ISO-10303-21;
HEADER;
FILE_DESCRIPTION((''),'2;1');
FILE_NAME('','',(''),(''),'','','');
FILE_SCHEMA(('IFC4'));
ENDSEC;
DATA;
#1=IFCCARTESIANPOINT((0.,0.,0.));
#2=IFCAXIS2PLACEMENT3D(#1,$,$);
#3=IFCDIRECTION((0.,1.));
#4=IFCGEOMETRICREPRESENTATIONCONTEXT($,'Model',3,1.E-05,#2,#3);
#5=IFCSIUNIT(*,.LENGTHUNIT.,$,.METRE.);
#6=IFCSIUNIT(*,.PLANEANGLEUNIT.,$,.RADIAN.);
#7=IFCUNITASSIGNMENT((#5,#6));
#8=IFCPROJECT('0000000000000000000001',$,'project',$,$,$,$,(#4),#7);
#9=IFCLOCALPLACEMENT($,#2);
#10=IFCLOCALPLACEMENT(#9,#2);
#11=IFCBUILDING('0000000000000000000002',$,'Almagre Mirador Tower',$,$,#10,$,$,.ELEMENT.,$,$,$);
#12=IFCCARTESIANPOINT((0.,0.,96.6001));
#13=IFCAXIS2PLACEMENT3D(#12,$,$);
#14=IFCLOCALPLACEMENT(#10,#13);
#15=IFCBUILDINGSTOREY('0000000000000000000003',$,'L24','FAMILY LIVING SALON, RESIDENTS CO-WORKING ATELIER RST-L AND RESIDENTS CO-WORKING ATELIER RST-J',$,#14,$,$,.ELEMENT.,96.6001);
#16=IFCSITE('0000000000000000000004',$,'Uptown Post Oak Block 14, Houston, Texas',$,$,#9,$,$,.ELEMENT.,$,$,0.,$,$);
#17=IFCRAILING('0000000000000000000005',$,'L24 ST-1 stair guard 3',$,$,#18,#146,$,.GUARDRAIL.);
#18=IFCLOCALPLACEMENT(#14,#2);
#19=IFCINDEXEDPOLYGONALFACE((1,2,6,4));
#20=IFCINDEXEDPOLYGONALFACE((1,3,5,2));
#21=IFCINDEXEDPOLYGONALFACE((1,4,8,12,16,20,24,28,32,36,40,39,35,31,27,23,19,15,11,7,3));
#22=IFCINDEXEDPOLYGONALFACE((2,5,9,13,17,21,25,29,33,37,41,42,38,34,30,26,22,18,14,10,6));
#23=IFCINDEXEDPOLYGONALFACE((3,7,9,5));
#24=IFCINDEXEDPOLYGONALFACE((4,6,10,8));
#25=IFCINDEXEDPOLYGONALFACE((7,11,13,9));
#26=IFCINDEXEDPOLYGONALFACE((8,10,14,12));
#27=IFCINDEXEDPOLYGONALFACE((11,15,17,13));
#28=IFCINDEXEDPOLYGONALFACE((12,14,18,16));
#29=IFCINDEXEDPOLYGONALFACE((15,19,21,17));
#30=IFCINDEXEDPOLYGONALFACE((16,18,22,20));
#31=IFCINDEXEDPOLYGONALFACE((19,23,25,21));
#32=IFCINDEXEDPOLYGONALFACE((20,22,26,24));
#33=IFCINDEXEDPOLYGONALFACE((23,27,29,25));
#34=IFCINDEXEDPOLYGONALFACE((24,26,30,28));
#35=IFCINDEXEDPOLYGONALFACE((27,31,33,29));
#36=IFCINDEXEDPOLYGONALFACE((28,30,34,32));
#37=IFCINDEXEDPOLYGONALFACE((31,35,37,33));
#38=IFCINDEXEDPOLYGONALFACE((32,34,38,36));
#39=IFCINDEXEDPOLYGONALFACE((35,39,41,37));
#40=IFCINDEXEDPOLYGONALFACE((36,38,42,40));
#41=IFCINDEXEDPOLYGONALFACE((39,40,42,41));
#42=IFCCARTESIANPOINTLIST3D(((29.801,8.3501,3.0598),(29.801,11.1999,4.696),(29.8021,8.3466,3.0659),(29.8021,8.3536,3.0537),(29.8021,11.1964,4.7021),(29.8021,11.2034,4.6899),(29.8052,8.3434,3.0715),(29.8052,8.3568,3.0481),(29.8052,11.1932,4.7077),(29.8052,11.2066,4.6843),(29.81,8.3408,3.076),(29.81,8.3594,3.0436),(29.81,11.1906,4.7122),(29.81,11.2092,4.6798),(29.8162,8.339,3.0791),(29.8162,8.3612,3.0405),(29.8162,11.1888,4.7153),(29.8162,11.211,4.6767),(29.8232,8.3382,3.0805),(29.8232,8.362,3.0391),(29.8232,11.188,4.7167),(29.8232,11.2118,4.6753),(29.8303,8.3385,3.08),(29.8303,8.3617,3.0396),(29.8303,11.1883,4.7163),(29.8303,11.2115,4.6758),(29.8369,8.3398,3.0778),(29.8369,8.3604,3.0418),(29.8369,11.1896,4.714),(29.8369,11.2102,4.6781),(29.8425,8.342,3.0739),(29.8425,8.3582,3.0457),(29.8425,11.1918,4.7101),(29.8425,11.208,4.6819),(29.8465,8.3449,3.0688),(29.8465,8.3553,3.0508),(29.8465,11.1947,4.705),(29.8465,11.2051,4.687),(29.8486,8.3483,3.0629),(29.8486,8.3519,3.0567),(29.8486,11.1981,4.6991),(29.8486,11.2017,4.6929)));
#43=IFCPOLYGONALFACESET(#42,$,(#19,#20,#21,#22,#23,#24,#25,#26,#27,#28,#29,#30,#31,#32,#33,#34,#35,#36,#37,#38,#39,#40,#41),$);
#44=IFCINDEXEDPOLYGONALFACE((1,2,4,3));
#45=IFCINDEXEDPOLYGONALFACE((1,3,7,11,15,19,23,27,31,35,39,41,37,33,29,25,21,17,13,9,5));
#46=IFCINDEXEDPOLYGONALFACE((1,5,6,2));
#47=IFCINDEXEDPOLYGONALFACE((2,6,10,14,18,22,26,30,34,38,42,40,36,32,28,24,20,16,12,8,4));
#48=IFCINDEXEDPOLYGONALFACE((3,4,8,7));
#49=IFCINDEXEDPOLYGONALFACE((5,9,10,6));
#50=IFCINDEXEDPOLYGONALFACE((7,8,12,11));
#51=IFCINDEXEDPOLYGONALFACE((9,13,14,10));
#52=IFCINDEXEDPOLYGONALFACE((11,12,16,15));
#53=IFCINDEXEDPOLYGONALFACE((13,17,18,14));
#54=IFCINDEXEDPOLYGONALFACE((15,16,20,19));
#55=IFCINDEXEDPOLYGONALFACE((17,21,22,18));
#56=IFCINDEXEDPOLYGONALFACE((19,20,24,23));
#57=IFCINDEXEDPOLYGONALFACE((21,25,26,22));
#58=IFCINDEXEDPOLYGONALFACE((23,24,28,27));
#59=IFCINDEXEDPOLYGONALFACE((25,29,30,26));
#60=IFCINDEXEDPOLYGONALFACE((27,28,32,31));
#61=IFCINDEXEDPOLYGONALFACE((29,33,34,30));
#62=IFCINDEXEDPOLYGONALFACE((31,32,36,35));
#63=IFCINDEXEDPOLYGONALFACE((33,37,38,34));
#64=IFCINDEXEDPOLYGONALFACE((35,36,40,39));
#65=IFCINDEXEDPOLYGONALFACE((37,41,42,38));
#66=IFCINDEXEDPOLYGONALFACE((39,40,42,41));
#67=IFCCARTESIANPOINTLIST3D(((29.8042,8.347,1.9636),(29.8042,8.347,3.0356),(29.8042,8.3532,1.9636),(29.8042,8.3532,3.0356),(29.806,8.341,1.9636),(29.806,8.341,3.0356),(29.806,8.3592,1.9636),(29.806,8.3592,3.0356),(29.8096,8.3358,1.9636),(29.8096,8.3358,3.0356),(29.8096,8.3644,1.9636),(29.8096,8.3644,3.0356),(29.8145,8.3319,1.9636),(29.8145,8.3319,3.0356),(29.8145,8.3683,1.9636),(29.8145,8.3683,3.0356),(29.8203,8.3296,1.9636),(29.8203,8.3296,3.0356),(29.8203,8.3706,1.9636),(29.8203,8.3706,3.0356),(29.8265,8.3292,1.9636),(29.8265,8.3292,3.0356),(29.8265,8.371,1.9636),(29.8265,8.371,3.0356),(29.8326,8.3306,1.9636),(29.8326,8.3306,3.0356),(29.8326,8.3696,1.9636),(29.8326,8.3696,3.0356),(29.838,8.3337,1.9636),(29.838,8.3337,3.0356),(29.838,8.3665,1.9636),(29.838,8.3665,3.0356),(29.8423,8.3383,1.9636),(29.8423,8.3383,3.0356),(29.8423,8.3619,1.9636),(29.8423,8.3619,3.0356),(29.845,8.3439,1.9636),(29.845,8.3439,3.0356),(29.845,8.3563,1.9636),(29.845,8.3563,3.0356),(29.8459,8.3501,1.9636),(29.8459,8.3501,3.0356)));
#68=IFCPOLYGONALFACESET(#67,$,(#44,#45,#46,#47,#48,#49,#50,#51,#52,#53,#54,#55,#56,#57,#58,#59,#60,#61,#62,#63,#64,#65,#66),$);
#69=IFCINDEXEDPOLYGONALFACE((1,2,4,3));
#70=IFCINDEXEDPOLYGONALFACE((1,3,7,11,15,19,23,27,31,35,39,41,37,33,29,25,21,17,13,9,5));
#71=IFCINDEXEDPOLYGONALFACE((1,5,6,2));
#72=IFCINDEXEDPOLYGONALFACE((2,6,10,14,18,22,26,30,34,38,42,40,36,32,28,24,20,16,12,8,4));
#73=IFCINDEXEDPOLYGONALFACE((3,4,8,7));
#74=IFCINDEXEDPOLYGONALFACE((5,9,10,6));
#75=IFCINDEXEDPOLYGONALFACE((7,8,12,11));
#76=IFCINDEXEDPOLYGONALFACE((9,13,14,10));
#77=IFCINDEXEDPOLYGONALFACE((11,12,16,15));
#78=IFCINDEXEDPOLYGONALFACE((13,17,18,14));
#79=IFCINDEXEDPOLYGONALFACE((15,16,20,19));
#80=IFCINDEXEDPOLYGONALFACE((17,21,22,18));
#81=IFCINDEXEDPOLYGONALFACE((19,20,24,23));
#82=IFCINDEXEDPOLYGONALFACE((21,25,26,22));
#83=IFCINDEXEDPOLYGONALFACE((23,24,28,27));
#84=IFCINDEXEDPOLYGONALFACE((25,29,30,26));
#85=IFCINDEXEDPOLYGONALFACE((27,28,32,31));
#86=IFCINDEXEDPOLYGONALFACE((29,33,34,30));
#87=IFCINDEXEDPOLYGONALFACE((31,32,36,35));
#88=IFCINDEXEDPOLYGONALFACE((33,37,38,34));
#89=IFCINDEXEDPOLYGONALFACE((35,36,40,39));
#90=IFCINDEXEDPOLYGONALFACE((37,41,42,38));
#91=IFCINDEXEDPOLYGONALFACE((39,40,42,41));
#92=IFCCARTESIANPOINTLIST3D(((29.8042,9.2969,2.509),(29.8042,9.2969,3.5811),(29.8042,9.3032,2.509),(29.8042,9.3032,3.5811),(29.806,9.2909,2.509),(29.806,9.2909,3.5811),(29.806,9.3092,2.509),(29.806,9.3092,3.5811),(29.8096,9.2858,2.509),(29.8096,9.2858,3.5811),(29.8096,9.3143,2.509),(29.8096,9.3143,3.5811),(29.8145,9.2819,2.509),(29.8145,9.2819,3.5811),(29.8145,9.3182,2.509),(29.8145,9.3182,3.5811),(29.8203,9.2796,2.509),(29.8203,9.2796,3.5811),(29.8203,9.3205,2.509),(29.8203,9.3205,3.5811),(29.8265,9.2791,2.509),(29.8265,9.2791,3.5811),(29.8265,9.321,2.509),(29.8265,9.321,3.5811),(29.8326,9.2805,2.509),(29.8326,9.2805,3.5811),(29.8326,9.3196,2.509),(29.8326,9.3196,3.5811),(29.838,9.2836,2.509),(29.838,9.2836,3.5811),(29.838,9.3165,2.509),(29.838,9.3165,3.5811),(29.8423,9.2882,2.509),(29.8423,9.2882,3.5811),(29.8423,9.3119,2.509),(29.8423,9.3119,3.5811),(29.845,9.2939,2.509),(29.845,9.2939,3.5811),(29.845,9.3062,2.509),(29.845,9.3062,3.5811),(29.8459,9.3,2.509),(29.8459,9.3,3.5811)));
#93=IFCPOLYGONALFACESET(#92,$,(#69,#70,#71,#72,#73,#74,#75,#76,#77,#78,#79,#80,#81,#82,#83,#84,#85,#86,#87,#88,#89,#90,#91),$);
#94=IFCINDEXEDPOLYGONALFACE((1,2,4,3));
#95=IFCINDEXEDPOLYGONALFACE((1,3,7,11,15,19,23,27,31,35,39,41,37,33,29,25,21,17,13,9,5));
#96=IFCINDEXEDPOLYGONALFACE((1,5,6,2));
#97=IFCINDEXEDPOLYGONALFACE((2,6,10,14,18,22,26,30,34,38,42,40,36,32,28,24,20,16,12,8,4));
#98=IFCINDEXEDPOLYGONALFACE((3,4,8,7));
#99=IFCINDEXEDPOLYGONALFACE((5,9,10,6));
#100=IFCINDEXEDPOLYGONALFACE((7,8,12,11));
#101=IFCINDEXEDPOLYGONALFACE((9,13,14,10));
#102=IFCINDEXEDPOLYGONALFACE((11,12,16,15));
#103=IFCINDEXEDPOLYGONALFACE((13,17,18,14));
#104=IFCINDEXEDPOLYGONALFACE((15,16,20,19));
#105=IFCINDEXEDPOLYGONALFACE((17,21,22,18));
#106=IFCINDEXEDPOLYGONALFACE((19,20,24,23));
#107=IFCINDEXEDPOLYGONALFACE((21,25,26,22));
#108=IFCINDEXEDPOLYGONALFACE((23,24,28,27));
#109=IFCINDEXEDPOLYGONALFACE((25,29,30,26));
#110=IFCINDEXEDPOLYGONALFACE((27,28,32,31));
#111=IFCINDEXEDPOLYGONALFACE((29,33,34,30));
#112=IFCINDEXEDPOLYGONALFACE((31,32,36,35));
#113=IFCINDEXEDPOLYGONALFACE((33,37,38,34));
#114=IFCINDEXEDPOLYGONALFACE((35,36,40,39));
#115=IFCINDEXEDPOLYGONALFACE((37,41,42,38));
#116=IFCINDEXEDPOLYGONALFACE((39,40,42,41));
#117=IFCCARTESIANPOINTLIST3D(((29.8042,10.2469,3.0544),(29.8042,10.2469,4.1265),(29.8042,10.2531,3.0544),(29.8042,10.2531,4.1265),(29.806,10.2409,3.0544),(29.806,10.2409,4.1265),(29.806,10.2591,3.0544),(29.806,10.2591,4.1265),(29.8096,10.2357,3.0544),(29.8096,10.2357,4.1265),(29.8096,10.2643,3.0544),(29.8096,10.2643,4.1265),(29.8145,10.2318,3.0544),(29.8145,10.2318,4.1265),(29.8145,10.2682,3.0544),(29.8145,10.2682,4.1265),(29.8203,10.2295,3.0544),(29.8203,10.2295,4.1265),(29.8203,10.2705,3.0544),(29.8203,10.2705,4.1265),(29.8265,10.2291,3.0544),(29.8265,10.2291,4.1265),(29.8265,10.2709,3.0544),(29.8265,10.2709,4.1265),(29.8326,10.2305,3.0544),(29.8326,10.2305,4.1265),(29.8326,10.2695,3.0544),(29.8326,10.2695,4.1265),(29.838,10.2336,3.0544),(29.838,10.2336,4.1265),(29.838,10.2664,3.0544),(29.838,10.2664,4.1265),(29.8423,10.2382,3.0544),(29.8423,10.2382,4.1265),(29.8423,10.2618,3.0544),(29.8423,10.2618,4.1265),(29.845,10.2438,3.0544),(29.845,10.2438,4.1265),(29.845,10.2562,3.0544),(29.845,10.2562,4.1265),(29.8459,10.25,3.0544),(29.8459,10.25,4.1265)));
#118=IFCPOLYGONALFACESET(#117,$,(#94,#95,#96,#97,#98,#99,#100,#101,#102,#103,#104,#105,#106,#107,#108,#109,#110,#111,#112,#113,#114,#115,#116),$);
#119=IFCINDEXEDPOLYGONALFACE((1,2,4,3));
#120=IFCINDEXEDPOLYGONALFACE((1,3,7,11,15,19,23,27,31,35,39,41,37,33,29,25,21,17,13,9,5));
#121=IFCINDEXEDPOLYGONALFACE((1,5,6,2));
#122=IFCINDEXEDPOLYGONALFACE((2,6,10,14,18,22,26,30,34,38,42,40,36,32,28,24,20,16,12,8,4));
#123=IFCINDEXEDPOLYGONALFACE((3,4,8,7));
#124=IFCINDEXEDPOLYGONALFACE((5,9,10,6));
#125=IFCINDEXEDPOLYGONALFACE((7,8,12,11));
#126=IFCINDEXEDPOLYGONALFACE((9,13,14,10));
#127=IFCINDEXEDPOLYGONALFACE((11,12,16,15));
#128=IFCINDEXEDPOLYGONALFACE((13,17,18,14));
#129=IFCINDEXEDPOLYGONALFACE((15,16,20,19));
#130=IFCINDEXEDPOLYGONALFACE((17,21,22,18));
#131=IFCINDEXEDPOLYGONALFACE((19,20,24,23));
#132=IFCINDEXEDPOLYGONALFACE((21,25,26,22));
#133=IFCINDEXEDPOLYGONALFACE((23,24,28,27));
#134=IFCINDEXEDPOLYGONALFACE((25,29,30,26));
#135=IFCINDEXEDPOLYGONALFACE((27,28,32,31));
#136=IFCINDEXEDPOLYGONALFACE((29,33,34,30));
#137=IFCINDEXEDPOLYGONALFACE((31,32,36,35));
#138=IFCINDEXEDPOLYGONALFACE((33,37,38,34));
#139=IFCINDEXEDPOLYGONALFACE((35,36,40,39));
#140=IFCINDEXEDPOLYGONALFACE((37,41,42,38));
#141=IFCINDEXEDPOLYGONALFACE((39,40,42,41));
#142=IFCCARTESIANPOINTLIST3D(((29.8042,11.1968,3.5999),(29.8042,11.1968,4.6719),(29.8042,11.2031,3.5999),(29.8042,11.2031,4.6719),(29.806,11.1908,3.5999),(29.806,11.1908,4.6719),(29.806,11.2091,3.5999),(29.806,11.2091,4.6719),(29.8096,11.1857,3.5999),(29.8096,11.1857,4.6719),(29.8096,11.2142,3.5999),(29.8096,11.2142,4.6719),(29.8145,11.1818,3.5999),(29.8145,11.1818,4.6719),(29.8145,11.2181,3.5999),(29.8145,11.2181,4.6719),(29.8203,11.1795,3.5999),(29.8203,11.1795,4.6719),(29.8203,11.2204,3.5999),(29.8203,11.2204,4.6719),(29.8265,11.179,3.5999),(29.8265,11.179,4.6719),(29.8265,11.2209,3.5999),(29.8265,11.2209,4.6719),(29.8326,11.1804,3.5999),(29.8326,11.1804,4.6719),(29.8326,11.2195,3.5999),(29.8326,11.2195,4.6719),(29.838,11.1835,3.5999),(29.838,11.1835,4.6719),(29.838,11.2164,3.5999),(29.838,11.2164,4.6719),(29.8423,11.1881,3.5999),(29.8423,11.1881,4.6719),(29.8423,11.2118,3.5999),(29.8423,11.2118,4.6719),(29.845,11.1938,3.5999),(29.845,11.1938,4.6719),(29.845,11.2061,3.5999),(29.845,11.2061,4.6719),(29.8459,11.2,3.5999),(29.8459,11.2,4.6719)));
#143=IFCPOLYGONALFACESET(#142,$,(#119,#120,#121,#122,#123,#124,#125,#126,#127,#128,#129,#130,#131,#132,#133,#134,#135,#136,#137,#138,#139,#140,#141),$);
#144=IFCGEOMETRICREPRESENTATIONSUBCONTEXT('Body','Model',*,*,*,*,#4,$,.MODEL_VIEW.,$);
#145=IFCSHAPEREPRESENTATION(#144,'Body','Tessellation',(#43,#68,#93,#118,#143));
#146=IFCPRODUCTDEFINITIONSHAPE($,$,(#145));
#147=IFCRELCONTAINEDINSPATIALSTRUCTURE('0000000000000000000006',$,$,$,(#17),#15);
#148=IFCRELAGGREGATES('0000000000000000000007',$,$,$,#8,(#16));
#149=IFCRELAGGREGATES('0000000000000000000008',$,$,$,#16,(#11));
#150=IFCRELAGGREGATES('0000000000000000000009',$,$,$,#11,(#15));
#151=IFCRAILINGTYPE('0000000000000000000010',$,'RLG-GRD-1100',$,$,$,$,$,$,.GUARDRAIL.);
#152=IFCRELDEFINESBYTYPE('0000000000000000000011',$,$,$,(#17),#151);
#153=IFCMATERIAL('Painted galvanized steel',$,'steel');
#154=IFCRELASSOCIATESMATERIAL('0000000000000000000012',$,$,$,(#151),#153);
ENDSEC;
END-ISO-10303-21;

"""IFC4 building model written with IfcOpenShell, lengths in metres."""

from ifc_helpers import new_model, si_unit, direction, frame, origin, origin_2d, place, context, subcontext, project, spatial, circle, extrude, material, type_object, element, save


model = new_model("IFC4")

# Units and contexts
model_context = context("Model", 3, precision=1e-05, world=origin(), true_north=direction((0.0, 1.0)))
body_context = subcontext(model_context, "Body", "Model", "MODEL_VIEW")
ifc_project = project(units=[si_unit("LENGTHUNIT", "METRE"), si_unit("PLANEANGLEUNIT", "RADIAN")], contexts=[model_context])

# Site, building, storey
site_placement = place(None, origin())
site = spatial("IfcSite", under=ifc_project, at=site_placement, Name="Uptown Post Oak Block 14, Houston, Texas", CompositionType="ELEMENT", RefElevation=0.0)
building_placement = place(site_placement, origin())
building = spatial("IfcBuilding", under=site, at=building_placement, Name="Almagre Mirador Tower", CompositionType="ELEMENT")
storey_placement = place(building_placement, frame((0.0, 0.0, 96.6001)))
storey = spatial("IfcBuildingStorey", under=building, at=storey_placement, Name="L24", Description="FAMILY LIVING SALON, RESIDENTS CO-WORKING ATELIER RST-L AND RESIDENTS CO-WORKING ATELIER RST-J", CompositionType="ELEMENT", Elevation=96.6001)

# Railing
ifc_material_1 = material(Name="Painted galvanized steel", Category="steel")
railing_type_1 = type_object("IfcRailingType", Name="RLG-GRD-1100", PredefinedType="GUARDRAIL", material=ifc_material_1)
railing_1_placement = place(storey_placement, frame((29.825, 8.3501, 1.9636)))
element("IfcRailing", 1, at=railing_1_placement, inside=storey, type_object=railing_type_1, Name="L24 ST-1 stair guard 3", PredefinedType="GUARDRAIL", context=body_context, shape_type="SweptSolid", body=[
    extrude(circle(Radius=0.0239, at=origin_2d()), frame((0.0, 0.0, 1.0962), z_axis=(0.0, 0.867226, 0.497914), x_axis=(-1.0, 0.0, 0.0)), (0.0, 0.0, 1.0), 3.2861),
    extrude(circle(Radius=0.021, at=origin_2d()), origin(), (0.0, 0.0, 1.0), 1.072),
    extrude(circle(Radius=0.021, at=origin_2d()), frame((0.0, 0.95, 0.5454)), (0.0, 0.0, 1.0), 1.072),
    extrude(circle(Radius=0.021, at=origin_2d()), frame((0.0, 1.8999, 1.0908)), (0.0, 0.0, 1.0), 1.072),
    extrude(circle(Radius=0.021, at=origin_2d()), frame((0.0, 2.8499, 1.6362)), (0.0, 0.0, 1.0), 1.072),
])

save(model, "model.ifc")
